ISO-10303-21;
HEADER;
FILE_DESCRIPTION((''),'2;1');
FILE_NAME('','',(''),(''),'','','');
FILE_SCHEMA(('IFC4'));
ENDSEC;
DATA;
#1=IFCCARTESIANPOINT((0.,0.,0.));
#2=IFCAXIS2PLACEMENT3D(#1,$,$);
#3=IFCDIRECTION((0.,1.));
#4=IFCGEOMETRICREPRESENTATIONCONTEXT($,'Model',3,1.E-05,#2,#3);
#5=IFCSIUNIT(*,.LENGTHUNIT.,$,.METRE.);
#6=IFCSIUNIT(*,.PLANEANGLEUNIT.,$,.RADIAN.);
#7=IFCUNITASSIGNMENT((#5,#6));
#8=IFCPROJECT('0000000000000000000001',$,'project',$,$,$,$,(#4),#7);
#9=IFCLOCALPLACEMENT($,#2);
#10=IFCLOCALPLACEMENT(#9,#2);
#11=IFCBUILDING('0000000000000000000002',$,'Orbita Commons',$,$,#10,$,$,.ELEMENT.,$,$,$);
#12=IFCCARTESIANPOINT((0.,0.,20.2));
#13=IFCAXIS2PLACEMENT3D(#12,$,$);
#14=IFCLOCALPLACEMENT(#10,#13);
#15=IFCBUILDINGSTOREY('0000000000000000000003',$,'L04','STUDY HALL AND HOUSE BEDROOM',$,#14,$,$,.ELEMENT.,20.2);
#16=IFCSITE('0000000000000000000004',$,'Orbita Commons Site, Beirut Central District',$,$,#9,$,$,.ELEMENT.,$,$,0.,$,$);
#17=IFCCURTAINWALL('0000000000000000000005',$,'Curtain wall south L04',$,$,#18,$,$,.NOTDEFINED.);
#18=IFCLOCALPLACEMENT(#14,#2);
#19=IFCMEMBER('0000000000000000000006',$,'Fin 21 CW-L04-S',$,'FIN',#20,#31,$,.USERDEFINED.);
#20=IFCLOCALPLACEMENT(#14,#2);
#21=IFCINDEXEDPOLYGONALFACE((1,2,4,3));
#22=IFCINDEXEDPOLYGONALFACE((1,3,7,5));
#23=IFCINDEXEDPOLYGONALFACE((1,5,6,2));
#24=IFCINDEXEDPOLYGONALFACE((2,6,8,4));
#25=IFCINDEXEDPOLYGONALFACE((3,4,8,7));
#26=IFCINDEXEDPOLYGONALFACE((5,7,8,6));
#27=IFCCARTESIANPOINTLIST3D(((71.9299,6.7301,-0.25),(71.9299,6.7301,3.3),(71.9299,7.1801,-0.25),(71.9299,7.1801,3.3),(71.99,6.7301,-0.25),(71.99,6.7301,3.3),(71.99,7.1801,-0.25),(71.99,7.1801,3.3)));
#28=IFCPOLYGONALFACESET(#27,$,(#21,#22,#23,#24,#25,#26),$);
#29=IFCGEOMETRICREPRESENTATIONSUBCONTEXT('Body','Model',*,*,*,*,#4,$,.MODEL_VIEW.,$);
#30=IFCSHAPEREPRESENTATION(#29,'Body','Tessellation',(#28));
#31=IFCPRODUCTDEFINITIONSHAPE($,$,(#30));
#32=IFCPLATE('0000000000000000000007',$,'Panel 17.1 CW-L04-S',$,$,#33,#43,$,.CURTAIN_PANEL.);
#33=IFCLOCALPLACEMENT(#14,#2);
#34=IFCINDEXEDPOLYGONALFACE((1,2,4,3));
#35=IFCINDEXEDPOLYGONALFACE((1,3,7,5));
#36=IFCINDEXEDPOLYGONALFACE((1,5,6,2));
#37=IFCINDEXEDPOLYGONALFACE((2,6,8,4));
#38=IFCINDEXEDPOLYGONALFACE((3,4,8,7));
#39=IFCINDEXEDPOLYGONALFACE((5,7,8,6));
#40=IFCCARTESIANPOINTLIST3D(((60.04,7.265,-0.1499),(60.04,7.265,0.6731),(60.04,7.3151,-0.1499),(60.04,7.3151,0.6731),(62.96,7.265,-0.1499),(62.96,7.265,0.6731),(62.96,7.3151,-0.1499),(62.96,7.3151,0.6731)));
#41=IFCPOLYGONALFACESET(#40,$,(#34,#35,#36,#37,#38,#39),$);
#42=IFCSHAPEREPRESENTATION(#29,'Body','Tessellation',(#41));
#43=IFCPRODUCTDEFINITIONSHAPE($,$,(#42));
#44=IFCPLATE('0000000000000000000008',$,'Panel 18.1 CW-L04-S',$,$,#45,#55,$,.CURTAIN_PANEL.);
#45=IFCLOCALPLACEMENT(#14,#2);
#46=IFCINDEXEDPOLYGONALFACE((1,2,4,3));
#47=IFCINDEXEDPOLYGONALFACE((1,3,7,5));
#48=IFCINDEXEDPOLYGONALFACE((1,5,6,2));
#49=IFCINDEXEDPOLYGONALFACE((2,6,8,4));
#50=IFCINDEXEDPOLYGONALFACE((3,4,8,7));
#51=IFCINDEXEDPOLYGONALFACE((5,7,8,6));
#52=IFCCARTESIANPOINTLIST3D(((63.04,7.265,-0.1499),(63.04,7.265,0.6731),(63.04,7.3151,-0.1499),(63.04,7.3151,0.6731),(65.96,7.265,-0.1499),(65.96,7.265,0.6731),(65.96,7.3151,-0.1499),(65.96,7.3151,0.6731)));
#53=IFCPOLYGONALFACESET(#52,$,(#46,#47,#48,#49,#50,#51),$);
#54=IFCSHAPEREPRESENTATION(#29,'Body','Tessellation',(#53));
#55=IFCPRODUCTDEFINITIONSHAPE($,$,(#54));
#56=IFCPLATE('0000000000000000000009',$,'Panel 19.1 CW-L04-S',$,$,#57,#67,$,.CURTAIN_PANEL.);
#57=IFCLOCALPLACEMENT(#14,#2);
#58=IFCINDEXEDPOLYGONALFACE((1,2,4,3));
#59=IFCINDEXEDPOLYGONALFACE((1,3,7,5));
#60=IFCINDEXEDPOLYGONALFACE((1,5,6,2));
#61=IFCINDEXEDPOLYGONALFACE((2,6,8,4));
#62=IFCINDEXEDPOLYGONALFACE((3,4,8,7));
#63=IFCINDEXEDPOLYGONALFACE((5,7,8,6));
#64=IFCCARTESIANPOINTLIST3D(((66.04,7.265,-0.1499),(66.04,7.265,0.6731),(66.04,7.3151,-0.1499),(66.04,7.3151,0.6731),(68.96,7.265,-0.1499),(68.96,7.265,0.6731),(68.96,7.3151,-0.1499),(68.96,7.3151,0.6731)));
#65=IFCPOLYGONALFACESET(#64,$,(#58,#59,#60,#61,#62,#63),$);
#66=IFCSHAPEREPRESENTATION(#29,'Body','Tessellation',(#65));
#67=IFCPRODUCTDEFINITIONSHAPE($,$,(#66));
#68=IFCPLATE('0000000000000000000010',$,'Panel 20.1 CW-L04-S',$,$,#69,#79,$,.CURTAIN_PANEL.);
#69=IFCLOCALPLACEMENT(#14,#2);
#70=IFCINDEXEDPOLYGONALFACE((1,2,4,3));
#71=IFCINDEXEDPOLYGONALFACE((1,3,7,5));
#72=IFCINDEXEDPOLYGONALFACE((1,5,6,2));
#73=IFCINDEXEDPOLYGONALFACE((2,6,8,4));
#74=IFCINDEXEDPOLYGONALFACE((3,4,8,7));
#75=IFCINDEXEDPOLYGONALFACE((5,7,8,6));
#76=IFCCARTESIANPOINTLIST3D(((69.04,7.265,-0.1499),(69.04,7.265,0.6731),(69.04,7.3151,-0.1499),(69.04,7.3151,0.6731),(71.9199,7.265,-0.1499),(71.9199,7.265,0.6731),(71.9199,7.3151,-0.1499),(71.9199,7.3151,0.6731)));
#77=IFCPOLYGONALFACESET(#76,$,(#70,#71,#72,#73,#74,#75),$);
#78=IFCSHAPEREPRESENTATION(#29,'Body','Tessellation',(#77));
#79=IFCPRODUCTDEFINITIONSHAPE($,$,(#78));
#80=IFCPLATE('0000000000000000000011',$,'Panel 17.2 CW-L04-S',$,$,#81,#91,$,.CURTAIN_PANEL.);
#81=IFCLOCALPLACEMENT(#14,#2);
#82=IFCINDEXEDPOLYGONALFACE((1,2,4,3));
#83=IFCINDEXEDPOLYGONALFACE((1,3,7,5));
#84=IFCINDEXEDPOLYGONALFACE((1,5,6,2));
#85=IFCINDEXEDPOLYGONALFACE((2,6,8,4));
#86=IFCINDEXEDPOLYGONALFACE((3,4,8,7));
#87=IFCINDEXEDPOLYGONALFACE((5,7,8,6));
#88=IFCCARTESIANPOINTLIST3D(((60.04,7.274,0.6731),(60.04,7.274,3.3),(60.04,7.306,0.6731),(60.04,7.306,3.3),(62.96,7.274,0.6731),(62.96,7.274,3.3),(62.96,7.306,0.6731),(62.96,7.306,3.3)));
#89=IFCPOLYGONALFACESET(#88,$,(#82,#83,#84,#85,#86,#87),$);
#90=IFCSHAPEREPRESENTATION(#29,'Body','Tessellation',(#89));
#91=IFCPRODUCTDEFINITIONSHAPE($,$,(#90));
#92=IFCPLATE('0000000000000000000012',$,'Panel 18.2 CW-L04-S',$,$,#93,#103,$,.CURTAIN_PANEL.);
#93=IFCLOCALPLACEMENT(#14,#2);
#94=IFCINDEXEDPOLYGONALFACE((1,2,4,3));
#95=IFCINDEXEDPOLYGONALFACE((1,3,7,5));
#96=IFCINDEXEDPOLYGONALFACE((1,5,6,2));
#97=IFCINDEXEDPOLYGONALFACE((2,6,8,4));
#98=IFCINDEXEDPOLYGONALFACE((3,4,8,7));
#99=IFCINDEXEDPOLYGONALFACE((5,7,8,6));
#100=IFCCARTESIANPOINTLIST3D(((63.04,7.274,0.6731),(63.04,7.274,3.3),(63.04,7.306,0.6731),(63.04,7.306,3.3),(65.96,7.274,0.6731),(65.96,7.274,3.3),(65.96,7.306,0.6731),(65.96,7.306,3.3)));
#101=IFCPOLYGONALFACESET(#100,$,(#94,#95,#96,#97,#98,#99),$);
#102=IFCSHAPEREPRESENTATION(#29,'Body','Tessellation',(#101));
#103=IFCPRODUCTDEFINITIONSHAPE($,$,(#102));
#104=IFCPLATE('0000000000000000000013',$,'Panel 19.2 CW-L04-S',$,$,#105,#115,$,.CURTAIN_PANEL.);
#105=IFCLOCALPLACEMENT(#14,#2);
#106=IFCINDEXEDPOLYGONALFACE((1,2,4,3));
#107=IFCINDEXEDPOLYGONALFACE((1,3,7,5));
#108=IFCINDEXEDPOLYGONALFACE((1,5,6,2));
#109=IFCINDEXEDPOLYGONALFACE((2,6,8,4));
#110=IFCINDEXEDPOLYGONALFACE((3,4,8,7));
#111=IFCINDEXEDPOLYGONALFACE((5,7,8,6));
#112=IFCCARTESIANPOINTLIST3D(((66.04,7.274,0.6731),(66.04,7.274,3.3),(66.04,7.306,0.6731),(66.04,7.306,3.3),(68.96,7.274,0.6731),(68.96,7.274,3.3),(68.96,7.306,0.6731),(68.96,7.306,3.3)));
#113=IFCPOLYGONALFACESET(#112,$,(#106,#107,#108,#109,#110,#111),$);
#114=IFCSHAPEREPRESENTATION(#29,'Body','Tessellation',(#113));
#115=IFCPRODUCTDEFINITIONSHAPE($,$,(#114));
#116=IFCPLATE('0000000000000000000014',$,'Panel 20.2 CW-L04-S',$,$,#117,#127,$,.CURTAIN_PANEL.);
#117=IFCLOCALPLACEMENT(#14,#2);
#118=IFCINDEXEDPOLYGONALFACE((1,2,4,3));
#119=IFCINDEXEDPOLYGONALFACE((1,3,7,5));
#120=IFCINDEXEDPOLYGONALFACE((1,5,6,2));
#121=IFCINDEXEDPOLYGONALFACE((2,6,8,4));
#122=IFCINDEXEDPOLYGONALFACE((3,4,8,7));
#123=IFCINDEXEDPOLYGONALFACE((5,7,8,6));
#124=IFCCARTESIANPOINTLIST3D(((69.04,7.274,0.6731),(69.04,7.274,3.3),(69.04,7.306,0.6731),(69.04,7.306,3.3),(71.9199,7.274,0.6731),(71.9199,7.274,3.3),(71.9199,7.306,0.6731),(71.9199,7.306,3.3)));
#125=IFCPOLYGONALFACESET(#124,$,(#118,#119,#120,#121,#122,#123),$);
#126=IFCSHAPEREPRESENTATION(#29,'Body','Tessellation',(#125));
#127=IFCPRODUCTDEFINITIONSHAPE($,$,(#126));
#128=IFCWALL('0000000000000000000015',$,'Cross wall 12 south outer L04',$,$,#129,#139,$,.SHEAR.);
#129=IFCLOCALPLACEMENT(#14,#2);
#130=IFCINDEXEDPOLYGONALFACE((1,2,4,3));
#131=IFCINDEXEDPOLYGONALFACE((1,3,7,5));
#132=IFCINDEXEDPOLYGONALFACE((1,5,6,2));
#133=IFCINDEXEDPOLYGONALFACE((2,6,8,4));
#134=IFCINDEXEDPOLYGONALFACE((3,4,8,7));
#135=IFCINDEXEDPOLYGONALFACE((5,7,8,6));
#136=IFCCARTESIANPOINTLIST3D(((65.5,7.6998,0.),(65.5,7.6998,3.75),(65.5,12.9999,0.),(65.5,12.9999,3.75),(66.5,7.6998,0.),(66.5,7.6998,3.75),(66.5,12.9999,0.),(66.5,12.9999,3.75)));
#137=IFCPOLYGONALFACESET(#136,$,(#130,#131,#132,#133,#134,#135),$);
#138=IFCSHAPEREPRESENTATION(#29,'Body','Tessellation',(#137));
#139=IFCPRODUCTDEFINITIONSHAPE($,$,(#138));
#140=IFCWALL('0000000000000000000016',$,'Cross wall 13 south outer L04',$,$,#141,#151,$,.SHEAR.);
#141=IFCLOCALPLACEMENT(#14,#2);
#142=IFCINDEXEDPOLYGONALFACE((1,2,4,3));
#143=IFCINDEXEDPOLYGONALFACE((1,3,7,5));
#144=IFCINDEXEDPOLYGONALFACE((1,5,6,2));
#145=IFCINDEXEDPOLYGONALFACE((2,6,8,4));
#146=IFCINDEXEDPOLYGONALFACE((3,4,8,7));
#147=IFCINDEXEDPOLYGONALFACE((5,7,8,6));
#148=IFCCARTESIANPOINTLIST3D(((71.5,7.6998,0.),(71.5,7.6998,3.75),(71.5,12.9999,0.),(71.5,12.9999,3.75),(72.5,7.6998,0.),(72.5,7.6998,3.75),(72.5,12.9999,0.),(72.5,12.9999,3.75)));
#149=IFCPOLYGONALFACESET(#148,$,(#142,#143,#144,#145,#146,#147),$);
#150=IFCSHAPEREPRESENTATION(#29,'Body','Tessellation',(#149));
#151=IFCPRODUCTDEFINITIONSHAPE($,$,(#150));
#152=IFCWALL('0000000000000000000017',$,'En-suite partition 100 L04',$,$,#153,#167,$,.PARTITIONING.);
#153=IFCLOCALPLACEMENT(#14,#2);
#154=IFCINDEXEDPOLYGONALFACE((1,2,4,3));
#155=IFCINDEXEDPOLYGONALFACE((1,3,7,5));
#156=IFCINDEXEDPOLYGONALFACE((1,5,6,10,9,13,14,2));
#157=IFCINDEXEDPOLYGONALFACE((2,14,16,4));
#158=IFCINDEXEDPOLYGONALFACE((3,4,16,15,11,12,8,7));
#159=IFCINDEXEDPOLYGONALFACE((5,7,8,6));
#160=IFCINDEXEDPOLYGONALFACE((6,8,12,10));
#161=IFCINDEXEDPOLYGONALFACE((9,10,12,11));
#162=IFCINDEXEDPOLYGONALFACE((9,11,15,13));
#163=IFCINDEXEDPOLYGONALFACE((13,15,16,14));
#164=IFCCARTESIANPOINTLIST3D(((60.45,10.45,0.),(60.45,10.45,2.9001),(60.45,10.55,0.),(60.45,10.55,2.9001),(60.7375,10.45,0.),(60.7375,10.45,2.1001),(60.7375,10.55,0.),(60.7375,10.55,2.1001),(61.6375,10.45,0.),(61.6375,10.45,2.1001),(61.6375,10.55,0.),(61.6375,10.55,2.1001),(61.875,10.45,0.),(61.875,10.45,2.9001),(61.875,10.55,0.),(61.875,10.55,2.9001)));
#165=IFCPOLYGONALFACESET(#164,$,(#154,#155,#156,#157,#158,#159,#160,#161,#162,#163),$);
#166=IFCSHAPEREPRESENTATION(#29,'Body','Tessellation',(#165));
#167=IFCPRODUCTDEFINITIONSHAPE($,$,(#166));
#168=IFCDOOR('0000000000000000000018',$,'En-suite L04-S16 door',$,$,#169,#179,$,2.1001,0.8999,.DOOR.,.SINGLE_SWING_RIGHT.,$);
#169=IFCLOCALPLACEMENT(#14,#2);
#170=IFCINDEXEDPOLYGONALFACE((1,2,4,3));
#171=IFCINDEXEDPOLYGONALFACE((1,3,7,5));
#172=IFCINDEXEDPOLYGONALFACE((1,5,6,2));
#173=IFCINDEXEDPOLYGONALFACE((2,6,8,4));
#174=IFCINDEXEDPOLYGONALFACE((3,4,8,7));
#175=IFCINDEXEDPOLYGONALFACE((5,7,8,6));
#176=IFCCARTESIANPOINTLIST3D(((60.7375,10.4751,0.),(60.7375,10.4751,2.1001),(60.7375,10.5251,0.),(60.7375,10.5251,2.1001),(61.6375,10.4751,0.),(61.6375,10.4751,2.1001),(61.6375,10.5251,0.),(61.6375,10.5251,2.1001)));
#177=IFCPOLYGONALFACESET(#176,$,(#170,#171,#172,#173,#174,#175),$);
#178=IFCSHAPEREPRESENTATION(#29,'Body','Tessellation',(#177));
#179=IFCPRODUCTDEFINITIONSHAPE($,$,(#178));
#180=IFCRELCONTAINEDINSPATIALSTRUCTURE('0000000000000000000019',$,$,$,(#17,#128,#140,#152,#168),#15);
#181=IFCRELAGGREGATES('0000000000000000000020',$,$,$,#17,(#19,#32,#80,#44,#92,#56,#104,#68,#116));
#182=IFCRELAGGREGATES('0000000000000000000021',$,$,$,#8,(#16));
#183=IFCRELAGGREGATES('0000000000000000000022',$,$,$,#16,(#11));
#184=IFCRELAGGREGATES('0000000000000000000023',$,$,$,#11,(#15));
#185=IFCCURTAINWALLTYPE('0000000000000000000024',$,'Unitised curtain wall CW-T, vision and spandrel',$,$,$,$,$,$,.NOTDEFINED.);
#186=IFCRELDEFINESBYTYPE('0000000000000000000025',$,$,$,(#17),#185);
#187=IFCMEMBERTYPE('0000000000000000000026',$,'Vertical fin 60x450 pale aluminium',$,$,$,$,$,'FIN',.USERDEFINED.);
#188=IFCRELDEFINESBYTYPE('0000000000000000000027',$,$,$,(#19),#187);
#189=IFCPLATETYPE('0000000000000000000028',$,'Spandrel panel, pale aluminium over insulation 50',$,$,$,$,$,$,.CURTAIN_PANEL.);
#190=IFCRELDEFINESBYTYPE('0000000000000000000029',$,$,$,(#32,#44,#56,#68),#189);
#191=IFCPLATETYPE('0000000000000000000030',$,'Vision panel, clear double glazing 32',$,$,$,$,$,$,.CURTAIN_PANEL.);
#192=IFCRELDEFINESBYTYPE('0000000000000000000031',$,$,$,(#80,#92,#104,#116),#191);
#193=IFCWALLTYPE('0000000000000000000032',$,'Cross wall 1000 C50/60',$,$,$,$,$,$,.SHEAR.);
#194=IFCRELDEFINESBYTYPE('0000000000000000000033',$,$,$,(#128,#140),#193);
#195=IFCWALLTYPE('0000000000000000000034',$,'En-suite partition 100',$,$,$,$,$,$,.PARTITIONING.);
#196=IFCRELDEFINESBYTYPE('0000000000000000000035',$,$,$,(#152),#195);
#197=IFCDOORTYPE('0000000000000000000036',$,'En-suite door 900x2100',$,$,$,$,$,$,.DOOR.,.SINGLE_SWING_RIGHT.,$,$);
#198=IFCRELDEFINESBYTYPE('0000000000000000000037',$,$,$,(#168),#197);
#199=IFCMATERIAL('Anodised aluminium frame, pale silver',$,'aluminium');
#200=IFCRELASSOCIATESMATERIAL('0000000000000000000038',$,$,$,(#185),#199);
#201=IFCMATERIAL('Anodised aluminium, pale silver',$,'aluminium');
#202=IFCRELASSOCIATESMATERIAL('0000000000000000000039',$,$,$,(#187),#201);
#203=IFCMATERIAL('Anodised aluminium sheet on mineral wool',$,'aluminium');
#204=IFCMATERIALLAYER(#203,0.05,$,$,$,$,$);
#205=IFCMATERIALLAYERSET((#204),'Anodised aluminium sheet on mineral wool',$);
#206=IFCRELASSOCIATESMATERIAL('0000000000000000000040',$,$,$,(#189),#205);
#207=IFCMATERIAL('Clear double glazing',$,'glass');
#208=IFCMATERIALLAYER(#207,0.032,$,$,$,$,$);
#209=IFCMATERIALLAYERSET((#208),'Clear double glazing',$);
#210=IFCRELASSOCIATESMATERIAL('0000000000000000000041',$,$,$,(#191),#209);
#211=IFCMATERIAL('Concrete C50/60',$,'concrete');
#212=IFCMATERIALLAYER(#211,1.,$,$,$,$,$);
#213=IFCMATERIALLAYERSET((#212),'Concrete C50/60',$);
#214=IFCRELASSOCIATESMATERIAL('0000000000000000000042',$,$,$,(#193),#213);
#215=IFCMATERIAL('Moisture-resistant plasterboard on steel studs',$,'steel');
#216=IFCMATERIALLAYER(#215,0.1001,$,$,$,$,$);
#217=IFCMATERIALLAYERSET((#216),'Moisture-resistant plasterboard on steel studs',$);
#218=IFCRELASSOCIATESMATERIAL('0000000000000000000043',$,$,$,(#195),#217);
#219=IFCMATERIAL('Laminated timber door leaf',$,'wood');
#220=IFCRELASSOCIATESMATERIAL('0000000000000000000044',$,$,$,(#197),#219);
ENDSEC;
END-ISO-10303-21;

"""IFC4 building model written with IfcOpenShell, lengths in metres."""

from ifc_helpers import new_model, si_unit, direction, frame, frame_2d, origin, origin_2d, place, context, subcontext, project, spatial, polyline, rectangle, outline, extrude, material, layer, layer_set, material_profile, profile_set, type_object, element, fill, aggregate, save


model = new_model("IFC4")

# Units and contexts
model_context = context("Model", 3, precision=1e-05, world=origin(), true_north=direction((0.0, 1.0)))
body_context = subcontext(model_context, "Body", "Model", "MODEL_VIEW")
ifc_project = project(units=[si_unit("LENGTHUNIT", "METRE"), si_unit("PLANEANGLEUNIT", "RADIAN")], contexts=[model_context])

# Site, building, storey
site_placement = place(None, origin())
site = spatial("IfcSite", under=ifc_project, at=site_placement, Name="Orbita Commons Site, Beirut Central District", CompositionType="ELEMENT", RefElevation=0.0)
building_placement = place(site_placement, origin())
building = spatial("IfcBuilding", under=site, at=building_placement, Name="Orbita Commons", CompositionType="ELEMENT")
storey_placement = place(building_placement, frame((0.0, 0.0, 20.2)))
storey = spatial("IfcBuildingStorey", under=building, at=storey_placement, Name="L04", Description="STUDY HALL AND HOUSE BEDROOM", CompositionType="ELEMENT", Elevation=20.2)

# Curtain wall
ifc_material_1 = material(Name="Anodised aluminium frame, pale silver", Category="aluminium")
curtain_wall_type = type_object("IfcCurtainWallType", Name="Unitised curtain wall CW-T, vision and spandrel", PredefinedType="NOTDEFINED", material=ifc_material_1)
curtain_wall_placement = place(storey_placement, origin())
curtain_wall = element("IfcCurtainWall", 1, at=curtain_wall_placement, inside=storey, type_object=curtain_wall_type, Name="Curtain wall south L04", PredefinedType="NOTDEFINED")

# Member
ifc_material_2 = material(Name="Anodised aluminium, pale silver", Category="aluminium")
ifc_material_profile_1 = material_profile(ifc_material_2, rectangle(XDim=0.0601, YDim=0.45, at=origin_2d()), Name="FIN 60x450")
ifc_profile_set_1 = profile_set([ifc_material_profile_1], Name="Anodised aluminium, pale silver")
member_type_1 = type_object("IfcMemberType", Name="Vertical fin 60x450 pale aluminium", ElementType="FIN", PredefinedType="USERDEFINED", material=ifc_profile_set_1)
member_1_placement = place(storey_placement, frame((71.96, 6.9551, -0.25), z_axis=(0.0, 0.0, 1.0), x_axis=(1.0, 0.0, 0.0)))
member_1 = element("IfcMember", 2, at=member_1_placement, type_object=member_type_1, Name="Fin 21 CW-L04-S", ObjectType="FIN", PredefinedType="USERDEFINED", context=body_context, shape_type="SweptSolid", body=[
    extrude(rectangle(XDim=0.0601, YDim=0.45, at=origin_2d()), origin(), (0.0, 0.0, 1.0), 3.55),
])

# Plates
ifc_material_3 = material(Name="Anodised aluminium sheet on mineral wool", Category="aluminium")
ifc_layer_1 = layer(ifc_material_3, 0.05)
ifc_layer_set_1 = layer_set([ifc_layer_1], Name="Anodised aluminium sheet on mineral wool")
plate_type_1 = type_object("IfcPlateType", Name="Spandrel panel, pale aluminium over insulation 50", PredefinedType="CURTAIN_PANEL", material=ifc_layer_set_1)
plate_1_placement = place(storey_placement, frame((61.5, 7.29, -0.1499), z_axis=(0.0, 0.0, 1.0), x_axis=(1.0, 0.0, 0.0)))
plate_1 = element("IfcPlate", 3, at=plate_1_placement, type_object=plate_type_1, Name="Panel 17.1 CW-L04-S", PredefinedType="CURTAIN_PANEL", context=body_context, shape_type="SweptSolid", body=[
    extrude(rectangle(XDim=2.9199, YDim=0.05, at=origin_2d()), origin(), (0.0, 0.0, 1.0), 0.823),
])
plate_2_placement = place(storey_placement, frame((64.5, 7.29, -0.1499), z_axis=(0.0, 0.0, 1.0), x_axis=(1.0, 0.0, 0.0)))
plate_2 = element("IfcPlate", 4, at=plate_2_placement, type_object=plate_type_1, Name="Panel 18.1 CW-L04-S", PredefinedType="CURTAIN_PANEL", context=body_context, shape_type="SweptSolid", body=[
    extrude(rectangle(XDim=2.9199, YDim=0.05, at=origin_2d()), origin(), (0.0, 0.0, 1.0), 0.823),
])
plate_3_placement = place(storey_placement, frame((67.5, 7.29, -0.1499), z_axis=(0.0, 0.0, 1.0), x_axis=(1.0, 0.0, 0.0)))
plate_3 = element("IfcPlate", 5, at=plate_3_placement, type_object=plate_type_1, Name="Panel 19.1 CW-L04-S", PredefinedType="CURTAIN_PANEL", context=body_context, shape_type="SweptSolid", body=[
    extrude(rectangle(XDim=2.9199, YDim=0.05, at=origin_2d()), origin(), (0.0, 0.0, 1.0), 0.823),
])
plate_4_placement = place(storey_placement, frame((70.48, 7.29, -0.1499), z_axis=(0.0, 0.0, 1.0), x_axis=(1.0, 0.0, 0.0)))
plate_4 = element("IfcPlate", 6, at=plate_4_placement, type_object=plate_type_1, Name="Panel 20.1 CW-L04-S", PredefinedType="CURTAIN_PANEL", context=body_context, shape_type="SweptSolid", body=[
    extrude(rectangle(XDim=2.8799, YDim=0.05, at=origin_2d()), origin(), (0.0, 0.0, 1.0), 0.823),
])
ifc_material_4 = material(Name="Clear double glazing", Category="glass")
ifc_layer_2 = layer(ifc_material_4, 0.032)
ifc_layer_set_2 = layer_set([ifc_layer_2], Name="Clear double glazing")
plate_type_2 = type_object("IfcPlateType", Name="Vision panel, clear double glazing 32", PredefinedType="CURTAIN_PANEL", material=ifc_layer_set_2)
plate_5_placement = place(storey_placement, frame((61.5, 7.29, 0.6731), z_axis=(0.0, 0.0, 1.0), x_axis=(1.0, 0.0, 0.0)))
plate_5 = element("IfcPlate", 7, at=plate_5_placement, type_object=plate_type_2, Name="Panel 17.2 CW-L04-S", PredefinedType="CURTAIN_PANEL", context=body_context, shape_type="SweptSolid", body=[
    extrude(rectangle(XDim=2.9199, YDim=0.032, at=origin_2d()), origin(), (0.0, 0.0, 1.0), 2.627),
])
plate_6_placement = place(storey_placement, frame((64.5, 7.29, 0.6731), z_axis=(0.0, 0.0, 1.0), x_axis=(1.0, 0.0, 0.0)))
plate_6 = element("IfcPlate", 8, at=plate_6_placement, type_object=plate_type_2, Name="Panel 18.2 CW-L04-S", PredefinedType="CURTAIN_PANEL", context=body_context, shape_type="SweptSolid", body=[
    extrude(rectangle(XDim=2.9199, YDim=0.032, at=origin_2d()), origin(), (0.0, 0.0, 1.0), 2.627),
])
plate_7_placement = place(storey_placement, frame((67.5, 7.29, 0.6731), z_axis=(0.0, 0.0, 1.0), x_axis=(1.0, 0.0, 0.0)))
plate_7 = element("IfcPlate", 9, at=plate_7_placement, type_object=plate_type_2, Name="Panel 19.2 CW-L04-S", PredefinedType="CURTAIN_PANEL", context=body_context, shape_type="SweptSolid", body=[
    extrude(rectangle(XDim=2.9199, YDim=0.032, at=origin_2d()), origin(), (0.0, 0.0, 1.0), 2.627),
])
plate_8_placement = place(storey_placement, frame((70.48, 7.29, 0.6731), z_axis=(0.0, 0.0, 1.0), x_axis=(1.0, 0.0, 0.0)))
plate_8 = element("IfcPlate", 10, at=plate_8_placement, type_object=plate_type_2, Name="Panel 20.2 CW-L04-S", PredefinedType="CURTAIN_PANEL", context=body_context, shape_type="SweptSolid", body=[
    extrude(rectangle(XDim=2.8799, YDim=0.032, at=origin_2d()), origin(), (0.0, 0.0, 1.0), 2.627),
])
aggregate(curtain_wall, [member_1, plate_1, plate_5, plate_2, plate_6, plate_3, plate_7, plate_4, plate_8])

# Walls
ifc_material_5 = material(Name="Concrete C50/60", Category="concrete")
ifc_layer_3 = layer(ifc_material_5, 1.0)
ifc_layer_set_3 = layer_set([ifc_layer_3], Name="Concrete C50/60")
wall_type_1 = type_object("IfcWallType", Name="Cross wall 1000 C50/60", PredefinedType="SHEAR", material=ifc_layer_set_3)
for number, where, z_axis, x_axis, name in (
    (11, (66.0, 7.7, 0.0), (0.0, 0.0, 1.0), (0.0, 1.0, 0.0), "Cross wall 12 south outer L04"),
    (12, (72.0, 7.7, 0.0), (0.0, 0.0, 1.0), (0.0, 1.0, 0.0), "Cross wall 13 south outer L04"),
):
    element("IfcWall", number, at=place(storey_placement, frame(where, z_axis=z_axis, x_axis=x_axis)), inside=storey, type_object=wall_type_1, Name=name, PredefinedType="SHEAR", context=body_context, shape_type="SweptSolid", body=[
        extrude(rectangle(XDim=5.3, YDim=1.0, at=frame_2d((2.6499, 0.0))), origin(), (0.0, 0.0, 1.0), 3.75),
    ])

# Wall, opening, door
ifc_material_6 = material(Name="Moisture-resistant plasterboard on steel studs", Category="steel")
ifc_layer_4 = layer(ifc_material_6, 0.1001)
ifc_layer_set_4 = layer_set([ifc_layer_4], Name="Moisture-resistant plasterboard on steel studs")
wall_type_2 = type_object("IfcWallType", Name="En-suite partition 100", PredefinedType="PARTITIONING", material=ifc_layer_set_4)
wall_1_placement = place(storey_placement, frame((61.875, 10.5, 0.0), z_axis=(0.0, 0.0, 1.0), x_axis=(-1.0, 0.0, 0.0)))
wall_1 = element("IfcWall", 13, at=wall_1_placement, inside=storey, type_object=wall_type_2, Name="En-suite partition 100 L04", PredefinedType="PARTITIONING", context=body_context, shape_type="SweptSolid", body=[
    extrude(outline(polyline([(0.0, 0.0), (1.425, 0.0), (1.425, 2.9001), (0.0, 2.9001), (0.0, 0.0)])), frame((0.0, 0.05, 0.0), z_axis=(0.0, -1.0, 0.0), x_axis=(1.0, 0.0, 0.0)), (0.0, 0.0, 1.0), 0.1001),
])
opening_1_placement = place(wall_1_placement, frame((0.2375, 0.0, 0.0)))
opening_1 = element("IfcOpeningElement", 14, at=opening_1_placement, cuts=wall_1, PredefinedType="OPENING", context=body_context, shape_type="SweptSolid", body=[
    extrude(rectangle(XDim=0.8999, YDim=2.1001, at=frame_2d((0.45, 1.05))), frame((0.0, 0.0601, 0.0), z_axis=(0.0, -1.0, 0.0), x_axis=(1.0, 0.0, 0.0)), (0.0, 0.0, 1.0), 0.1201),
])
ifc_material_7 = material(Name="Laminated timber door leaf", Category="wood")
door_type = type_object("IfcDoorType", Name="En-suite door 900x2100", OperationType="SINGLE_SWING_RIGHT", PredefinedType="DOOR", material=ifc_material_7)
door_placement = place(opening_1_placement, origin())
door = element("IfcDoor", 15, at=door_placement, inside=storey, type_object=door_type, Name="En-suite L04-S16 door", OperationType="SINGLE_SWING_RIGHT", OverallHeight=2.1001, OverallWidth=0.8999, PredefinedType="DOOR", context=body_context, shape_type="SweptSolid", body=[
    extrude(rectangle(XDim=0.8999, YDim=2.1001, at=frame_2d((0.45, 1.05))), frame((0.0, 0.0249, 0.0), z_axis=(0.0, -1.0, 0.0), x_axis=(1.0, 0.0, 0.0)), (0.0, 0.0, 1.0), 0.05),
])
fill(opening_1, door)

save(model, "model.ifc")
